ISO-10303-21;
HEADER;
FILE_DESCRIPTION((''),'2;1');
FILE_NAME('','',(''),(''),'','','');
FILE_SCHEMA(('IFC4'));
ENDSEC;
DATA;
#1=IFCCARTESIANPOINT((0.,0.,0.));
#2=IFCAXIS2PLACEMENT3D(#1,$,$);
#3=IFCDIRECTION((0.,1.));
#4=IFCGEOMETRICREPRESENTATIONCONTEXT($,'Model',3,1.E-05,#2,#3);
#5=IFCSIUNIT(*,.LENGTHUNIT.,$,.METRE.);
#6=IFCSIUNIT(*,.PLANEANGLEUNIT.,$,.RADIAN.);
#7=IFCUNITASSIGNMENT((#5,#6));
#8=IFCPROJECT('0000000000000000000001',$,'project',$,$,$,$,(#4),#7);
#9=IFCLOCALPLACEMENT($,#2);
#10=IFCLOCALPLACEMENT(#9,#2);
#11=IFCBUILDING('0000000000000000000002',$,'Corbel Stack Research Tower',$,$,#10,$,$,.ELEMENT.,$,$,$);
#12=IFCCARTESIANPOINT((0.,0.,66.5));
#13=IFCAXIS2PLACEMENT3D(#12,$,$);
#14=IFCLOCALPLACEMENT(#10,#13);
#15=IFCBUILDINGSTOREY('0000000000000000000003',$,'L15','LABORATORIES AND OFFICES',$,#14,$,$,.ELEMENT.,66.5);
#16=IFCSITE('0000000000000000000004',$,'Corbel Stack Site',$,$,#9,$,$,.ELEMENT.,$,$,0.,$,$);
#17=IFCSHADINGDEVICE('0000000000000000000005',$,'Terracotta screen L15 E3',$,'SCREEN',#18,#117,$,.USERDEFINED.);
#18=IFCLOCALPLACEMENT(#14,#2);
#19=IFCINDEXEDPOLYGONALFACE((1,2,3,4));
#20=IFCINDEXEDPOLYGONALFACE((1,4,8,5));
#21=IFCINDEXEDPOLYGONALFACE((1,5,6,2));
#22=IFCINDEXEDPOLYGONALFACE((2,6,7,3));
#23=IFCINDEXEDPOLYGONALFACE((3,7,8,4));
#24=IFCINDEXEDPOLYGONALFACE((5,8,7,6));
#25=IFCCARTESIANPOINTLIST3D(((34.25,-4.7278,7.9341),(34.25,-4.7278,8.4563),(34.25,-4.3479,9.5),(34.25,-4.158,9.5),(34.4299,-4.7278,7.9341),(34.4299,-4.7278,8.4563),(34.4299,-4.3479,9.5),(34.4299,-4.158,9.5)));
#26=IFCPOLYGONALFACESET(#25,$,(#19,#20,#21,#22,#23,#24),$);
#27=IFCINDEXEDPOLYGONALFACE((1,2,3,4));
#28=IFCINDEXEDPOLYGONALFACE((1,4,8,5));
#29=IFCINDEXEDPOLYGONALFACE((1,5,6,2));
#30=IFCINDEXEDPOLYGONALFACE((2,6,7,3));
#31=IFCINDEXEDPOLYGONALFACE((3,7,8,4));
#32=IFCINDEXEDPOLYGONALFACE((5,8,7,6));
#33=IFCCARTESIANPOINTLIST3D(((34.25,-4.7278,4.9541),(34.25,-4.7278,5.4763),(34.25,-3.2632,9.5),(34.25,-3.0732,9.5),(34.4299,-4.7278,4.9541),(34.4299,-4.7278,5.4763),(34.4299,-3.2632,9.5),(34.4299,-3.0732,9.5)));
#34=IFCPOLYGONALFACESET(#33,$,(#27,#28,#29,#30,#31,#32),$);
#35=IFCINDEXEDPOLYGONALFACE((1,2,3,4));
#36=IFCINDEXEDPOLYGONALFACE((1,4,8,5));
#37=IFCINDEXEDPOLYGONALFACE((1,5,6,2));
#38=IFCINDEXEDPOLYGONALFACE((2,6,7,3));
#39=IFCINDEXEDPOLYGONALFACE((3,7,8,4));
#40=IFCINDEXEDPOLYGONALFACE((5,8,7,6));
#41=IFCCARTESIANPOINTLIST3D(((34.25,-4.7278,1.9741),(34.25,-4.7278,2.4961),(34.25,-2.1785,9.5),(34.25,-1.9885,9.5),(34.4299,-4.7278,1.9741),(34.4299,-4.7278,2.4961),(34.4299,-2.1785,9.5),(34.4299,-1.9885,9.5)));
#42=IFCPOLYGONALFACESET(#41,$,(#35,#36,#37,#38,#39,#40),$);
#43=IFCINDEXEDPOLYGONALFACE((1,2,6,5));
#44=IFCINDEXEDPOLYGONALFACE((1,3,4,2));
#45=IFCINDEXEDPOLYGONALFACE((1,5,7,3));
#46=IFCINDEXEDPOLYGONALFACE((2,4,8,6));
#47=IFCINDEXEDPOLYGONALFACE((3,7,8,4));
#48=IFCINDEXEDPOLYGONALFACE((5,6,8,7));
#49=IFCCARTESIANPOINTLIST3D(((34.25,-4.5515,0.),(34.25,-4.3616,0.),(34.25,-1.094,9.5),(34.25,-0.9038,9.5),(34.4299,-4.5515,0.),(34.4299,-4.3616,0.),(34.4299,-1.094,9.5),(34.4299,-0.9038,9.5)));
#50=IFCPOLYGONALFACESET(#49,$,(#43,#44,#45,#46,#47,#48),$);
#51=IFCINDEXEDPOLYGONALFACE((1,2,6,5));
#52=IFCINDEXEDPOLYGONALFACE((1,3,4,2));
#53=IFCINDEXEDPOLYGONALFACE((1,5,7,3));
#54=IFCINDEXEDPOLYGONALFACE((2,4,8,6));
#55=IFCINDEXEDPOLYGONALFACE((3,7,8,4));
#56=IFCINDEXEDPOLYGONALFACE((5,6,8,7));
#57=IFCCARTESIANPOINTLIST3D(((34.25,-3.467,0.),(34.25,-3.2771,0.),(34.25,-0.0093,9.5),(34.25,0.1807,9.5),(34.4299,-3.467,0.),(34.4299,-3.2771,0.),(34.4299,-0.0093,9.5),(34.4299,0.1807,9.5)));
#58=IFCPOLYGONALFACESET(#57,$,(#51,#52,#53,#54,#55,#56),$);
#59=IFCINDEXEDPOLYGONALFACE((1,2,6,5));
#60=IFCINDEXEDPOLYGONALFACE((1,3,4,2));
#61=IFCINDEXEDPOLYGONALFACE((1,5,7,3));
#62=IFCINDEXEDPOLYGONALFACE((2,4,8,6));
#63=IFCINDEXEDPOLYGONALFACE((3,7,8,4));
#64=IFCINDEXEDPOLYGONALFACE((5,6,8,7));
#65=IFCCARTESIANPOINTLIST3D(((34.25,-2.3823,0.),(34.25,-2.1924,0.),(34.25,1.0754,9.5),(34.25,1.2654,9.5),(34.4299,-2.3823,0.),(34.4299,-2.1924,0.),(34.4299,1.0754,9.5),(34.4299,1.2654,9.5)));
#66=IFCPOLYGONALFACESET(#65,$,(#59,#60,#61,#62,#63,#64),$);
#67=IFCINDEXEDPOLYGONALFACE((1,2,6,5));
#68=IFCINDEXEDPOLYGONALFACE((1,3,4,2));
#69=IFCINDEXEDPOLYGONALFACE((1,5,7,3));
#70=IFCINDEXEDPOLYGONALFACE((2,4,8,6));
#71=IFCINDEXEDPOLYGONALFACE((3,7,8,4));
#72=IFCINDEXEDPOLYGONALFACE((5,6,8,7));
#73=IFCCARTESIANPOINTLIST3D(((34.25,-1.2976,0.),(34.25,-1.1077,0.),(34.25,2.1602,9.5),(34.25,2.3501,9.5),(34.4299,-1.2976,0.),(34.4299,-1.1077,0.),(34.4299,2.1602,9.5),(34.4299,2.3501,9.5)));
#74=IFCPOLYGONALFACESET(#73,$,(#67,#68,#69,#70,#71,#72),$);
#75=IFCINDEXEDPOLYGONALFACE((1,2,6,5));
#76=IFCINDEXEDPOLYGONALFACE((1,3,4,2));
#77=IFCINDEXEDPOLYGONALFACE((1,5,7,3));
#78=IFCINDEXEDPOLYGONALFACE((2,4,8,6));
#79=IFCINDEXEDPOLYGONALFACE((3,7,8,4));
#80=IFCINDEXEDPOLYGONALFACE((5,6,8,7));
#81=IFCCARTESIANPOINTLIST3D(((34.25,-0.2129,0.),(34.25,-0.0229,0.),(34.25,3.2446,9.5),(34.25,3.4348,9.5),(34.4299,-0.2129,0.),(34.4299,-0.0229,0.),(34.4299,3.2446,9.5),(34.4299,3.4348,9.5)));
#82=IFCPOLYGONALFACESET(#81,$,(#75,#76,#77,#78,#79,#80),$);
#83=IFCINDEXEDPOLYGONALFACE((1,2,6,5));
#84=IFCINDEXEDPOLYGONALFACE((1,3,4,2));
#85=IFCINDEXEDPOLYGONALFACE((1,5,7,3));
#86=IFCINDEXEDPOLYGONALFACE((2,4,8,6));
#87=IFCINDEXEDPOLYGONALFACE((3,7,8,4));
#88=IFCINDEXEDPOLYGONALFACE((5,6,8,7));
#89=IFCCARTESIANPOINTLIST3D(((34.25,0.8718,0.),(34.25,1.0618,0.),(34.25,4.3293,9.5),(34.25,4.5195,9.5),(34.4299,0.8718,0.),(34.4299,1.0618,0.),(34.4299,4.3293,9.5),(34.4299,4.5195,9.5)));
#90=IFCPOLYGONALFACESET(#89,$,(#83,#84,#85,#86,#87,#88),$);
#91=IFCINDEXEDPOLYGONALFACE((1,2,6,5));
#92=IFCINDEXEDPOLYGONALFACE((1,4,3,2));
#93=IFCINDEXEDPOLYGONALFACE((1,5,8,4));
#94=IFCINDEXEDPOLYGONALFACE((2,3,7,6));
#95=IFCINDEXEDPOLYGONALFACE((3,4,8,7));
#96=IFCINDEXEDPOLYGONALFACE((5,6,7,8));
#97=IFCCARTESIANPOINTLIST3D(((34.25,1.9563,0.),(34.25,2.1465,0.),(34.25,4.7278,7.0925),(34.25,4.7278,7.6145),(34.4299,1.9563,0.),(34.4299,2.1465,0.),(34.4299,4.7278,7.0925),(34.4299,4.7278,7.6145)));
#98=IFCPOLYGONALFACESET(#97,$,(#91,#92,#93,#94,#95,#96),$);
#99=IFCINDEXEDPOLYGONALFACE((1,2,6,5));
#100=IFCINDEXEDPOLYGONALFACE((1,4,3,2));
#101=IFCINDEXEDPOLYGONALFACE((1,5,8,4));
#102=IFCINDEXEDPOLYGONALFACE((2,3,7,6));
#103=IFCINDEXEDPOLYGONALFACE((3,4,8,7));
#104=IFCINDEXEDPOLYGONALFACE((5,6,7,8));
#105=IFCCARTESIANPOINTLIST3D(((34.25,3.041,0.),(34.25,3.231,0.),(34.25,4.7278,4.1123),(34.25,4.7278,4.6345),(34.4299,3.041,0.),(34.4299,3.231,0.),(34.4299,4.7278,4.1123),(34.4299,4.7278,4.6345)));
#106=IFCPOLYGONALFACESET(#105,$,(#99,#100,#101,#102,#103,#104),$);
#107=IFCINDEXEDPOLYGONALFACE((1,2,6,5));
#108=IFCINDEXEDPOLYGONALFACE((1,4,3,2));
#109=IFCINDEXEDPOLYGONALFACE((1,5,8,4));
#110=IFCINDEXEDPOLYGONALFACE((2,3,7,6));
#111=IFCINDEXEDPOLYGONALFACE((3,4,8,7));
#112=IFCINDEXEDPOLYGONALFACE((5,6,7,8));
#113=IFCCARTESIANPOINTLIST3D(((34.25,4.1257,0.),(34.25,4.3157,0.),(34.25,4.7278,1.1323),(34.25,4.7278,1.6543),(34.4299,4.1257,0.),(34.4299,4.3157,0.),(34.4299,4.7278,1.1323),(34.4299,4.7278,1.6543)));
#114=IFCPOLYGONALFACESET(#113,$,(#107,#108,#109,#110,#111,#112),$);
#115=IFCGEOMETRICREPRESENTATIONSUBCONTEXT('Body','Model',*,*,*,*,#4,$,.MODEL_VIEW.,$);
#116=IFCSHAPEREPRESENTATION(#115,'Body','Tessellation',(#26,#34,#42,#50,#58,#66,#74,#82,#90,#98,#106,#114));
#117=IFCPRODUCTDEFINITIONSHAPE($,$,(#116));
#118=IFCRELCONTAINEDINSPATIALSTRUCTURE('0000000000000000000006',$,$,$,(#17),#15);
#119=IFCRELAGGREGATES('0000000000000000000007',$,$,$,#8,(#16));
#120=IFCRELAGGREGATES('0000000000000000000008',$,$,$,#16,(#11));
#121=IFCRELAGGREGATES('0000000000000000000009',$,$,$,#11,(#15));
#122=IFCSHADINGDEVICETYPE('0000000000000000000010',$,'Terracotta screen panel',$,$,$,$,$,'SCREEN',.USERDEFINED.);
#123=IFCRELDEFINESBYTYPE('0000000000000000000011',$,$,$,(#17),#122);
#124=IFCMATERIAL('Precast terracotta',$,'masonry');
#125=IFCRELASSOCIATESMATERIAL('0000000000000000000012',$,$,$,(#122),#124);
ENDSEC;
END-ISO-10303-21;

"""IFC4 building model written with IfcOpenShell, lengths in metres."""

from ifc_helpers import new_model, si_unit, direction, frame, origin, place, context, subcontext, project, spatial, polyline, outline, extrude, source, transform, mapped, material, type_object, element, save


model = new_model("IFC4")

# Units and contexts
model_context = context("Model", 3, precision=1e-05, world=origin(), true_north=direction((0.0, 1.0)))
body_context = subcontext(model_context, "Body", "Model", "MODEL_VIEW")
ifc_project = project(units=[si_unit("LENGTHUNIT", "METRE"), si_unit("PLANEANGLEUNIT", "RADIAN")], contexts=[model_context])

# Site, building, storey
site_placement = place(None, origin())
site = spatial("IfcSite", under=ifc_project, at=site_placement, Name="Corbel Stack Site", CompositionType="ELEMENT", RefElevation=0.0)
building_placement = place(site_placement, origin())
building = spatial("IfcBuilding", under=site, at=building_placement, Name="Corbel Stack Research Tower", CompositionType="ELEMENT")
storey_placement = place(building_placement, frame((0.0, 0.0, 66.5)))
storey = spatial("IfcBuildingStorey", under=building, at=storey_placement, Name="L15", Description="LABORATORIES AND OFFICES", CompositionType="ELEMENT", Elevation=66.5)

# Shading device
ifc_material_1 = material(Name="Precast terracotta", Category="masonry")
shading_device_type = type_object("IfcShadingDeviceType", Name="Terracotta screen panel", ElementType="SCREEN", PredefinedType="USERDEFINED", material=ifc_material_1)
shared_shape_1 = source(origin(), body_context, "Body", "SweptSolid", [
    extrude(outline(polyline([(0.5698, 9.5), (0.3799, 9.5), (0.0, 8.4563), (0.0, 7.9341), (0.5698, 9.5)])), frame((0.0, 0.0, 0.0), z_axis=(0.0, -1.0, 0.0), x_axis=(1.0, 0.0, 0.0)), (0.0, 0.0, 1.0), 0.1799),
    extrude(outline(polyline([(1.6545, 9.5), (1.4646, 9.5), (0.0, 5.4763), (0.0, 4.9541), (1.6545, 9.5)])), frame((0.0, 0.0, 0.0), z_axis=(0.0, -1.0, 0.0), x_axis=(1.0, 0.0, 0.0)), (0.0, 0.0, 1.0), 0.1799),
    extrude(outline(polyline([(2.7393, 9.5), (2.5493, 9.5), (0.0, 2.4961), (0.0, 1.9741), (2.7393, 9.5)])), frame((0.0, 0.0, 0.0), z_axis=(0.0, -1.0, 0.0), x_axis=(1.0, 0.0, 0.0)), (0.0, 0.0, 1.0), 0.1799),
    extrude(outline(polyline([(0.3662, 0.0), (3.824, 9.5), (3.6338, 9.5), (0.1763, 0.0), (0.3662, 0.0)])), frame((0.0, 0.0, 0.0), z_axis=(0.0, -1.0, 0.0), x_axis=(1.0, 0.0, 0.0)), (0.0, 0.0, 1.0), 0.1799),
    extrude(outline(polyline([(1.4507, 0.0), (4.9084, 9.5), (4.7185, 9.5), (1.2607, 0.0), (1.4507, 0.0)])), frame((0.0, 0.0, 0.0), z_axis=(0.0, -1.0, 0.0), x_axis=(1.0, 0.0, 0.0)), (0.0, 0.0, 1.0), 0.1799),
    extrude(outline(polyline([(2.5354, 0.0), (5.9932, 9.5), (5.8032, 9.5), (2.3455, 0.0), (2.5354, 0.0)])), frame((0.0, 0.0, 0.0), z_axis=(0.0, -1.0, 0.0), x_axis=(1.0, 0.0, 0.0)), (0.0, 0.0, 1.0), 0.1799),
    extrude(outline(polyline([(3.6201, 0.0), (7.0779, 9.5), (6.8879, 9.5), (3.4302, 0.0), (3.6201, 0.0)])), frame((0.0, 0.0, 0.0), z_axis=(0.0, -1.0, 0.0), x_axis=(1.0, 0.0, 0.0)), (0.0, 0.0, 1.0), 0.1799),
    extrude(outline(polyline([(4.7048, 0.0), (8.1626, 9.5), (7.9724, 9.5), (4.5149, 0.0), (4.7048, 0.0)])), frame((0.0, 0.0, 0.0), z_axis=(0.0, -1.0, 0.0), x_axis=(1.0, 0.0, 0.0)), (0.0, 0.0, 1.0), 0.1799),
    extrude(outline(polyline([(5.7896, 0.0), (9.2473, 9.5), (9.0571, 9.5), (5.5996, 0.0), (5.7896, 0.0)])), frame((0.0, 0.0, 0.0), z_axis=(0.0, -1.0, 0.0), x_axis=(1.0, 0.0, 0.0)), (0.0, 0.0, 1.0), 0.1799),
    extrude(outline(polyline([(6.8743, 0.0), (9.4556, 7.0925), (9.4556, 7.6145), (6.6841, 0.0), (6.8743, 0.0)])), frame((0.0, 0.0, 0.0), z_axis=(0.0, -1.0, 0.0), x_axis=(1.0, 0.0, 0.0)), (0.0, 0.0, 1.0), 0.1799),
    extrude(outline(polyline([(7.9587, 0.0), (9.4556, 4.1123), (9.4556, 4.6345), (7.7688, 0.0), (7.9587, 0.0)])), frame((0.0, 0.0, 0.0), z_axis=(0.0, -1.0, 0.0), x_axis=(1.0, 0.0, 0.0)), (0.0, 0.0, 1.0), 0.1799),
    extrude(outline(polyline([(9.0435, 0.0), (9.4556, 1.1323), (9.4556, 1.6543), (8.8535, 0.0), (9.0435, 0.0)])), frame((0.0, 0.0, 0.0), z_axis=(0.0, -1.0, 0.0), x_axis=(1.0, 0.0, 0.0)), (0.0, 0.0, 1.0), 0.1799),
])
shading_device_1_placement = place(storey_placement, frame((34.25, -4.7278, 0.0), z_axis=(0.0, 0.0, 1.0), x_axis=(0.0, 1.0, 0.0)))
element("IfcShadingDevice", 1, at=shading_device_1_placement, inside=storey, type_object=shading_device_type, Name="Terracotta screen L15 E3", ObjectType="SCREEN", PredefinedType="USERDEFINED", context=body_context, shape_type="MappedRepresentation", body=[
    mapped(shared_shape_1, transform((0.0, 0.0, 0.0))),
])

save(model, "model.ifc")
